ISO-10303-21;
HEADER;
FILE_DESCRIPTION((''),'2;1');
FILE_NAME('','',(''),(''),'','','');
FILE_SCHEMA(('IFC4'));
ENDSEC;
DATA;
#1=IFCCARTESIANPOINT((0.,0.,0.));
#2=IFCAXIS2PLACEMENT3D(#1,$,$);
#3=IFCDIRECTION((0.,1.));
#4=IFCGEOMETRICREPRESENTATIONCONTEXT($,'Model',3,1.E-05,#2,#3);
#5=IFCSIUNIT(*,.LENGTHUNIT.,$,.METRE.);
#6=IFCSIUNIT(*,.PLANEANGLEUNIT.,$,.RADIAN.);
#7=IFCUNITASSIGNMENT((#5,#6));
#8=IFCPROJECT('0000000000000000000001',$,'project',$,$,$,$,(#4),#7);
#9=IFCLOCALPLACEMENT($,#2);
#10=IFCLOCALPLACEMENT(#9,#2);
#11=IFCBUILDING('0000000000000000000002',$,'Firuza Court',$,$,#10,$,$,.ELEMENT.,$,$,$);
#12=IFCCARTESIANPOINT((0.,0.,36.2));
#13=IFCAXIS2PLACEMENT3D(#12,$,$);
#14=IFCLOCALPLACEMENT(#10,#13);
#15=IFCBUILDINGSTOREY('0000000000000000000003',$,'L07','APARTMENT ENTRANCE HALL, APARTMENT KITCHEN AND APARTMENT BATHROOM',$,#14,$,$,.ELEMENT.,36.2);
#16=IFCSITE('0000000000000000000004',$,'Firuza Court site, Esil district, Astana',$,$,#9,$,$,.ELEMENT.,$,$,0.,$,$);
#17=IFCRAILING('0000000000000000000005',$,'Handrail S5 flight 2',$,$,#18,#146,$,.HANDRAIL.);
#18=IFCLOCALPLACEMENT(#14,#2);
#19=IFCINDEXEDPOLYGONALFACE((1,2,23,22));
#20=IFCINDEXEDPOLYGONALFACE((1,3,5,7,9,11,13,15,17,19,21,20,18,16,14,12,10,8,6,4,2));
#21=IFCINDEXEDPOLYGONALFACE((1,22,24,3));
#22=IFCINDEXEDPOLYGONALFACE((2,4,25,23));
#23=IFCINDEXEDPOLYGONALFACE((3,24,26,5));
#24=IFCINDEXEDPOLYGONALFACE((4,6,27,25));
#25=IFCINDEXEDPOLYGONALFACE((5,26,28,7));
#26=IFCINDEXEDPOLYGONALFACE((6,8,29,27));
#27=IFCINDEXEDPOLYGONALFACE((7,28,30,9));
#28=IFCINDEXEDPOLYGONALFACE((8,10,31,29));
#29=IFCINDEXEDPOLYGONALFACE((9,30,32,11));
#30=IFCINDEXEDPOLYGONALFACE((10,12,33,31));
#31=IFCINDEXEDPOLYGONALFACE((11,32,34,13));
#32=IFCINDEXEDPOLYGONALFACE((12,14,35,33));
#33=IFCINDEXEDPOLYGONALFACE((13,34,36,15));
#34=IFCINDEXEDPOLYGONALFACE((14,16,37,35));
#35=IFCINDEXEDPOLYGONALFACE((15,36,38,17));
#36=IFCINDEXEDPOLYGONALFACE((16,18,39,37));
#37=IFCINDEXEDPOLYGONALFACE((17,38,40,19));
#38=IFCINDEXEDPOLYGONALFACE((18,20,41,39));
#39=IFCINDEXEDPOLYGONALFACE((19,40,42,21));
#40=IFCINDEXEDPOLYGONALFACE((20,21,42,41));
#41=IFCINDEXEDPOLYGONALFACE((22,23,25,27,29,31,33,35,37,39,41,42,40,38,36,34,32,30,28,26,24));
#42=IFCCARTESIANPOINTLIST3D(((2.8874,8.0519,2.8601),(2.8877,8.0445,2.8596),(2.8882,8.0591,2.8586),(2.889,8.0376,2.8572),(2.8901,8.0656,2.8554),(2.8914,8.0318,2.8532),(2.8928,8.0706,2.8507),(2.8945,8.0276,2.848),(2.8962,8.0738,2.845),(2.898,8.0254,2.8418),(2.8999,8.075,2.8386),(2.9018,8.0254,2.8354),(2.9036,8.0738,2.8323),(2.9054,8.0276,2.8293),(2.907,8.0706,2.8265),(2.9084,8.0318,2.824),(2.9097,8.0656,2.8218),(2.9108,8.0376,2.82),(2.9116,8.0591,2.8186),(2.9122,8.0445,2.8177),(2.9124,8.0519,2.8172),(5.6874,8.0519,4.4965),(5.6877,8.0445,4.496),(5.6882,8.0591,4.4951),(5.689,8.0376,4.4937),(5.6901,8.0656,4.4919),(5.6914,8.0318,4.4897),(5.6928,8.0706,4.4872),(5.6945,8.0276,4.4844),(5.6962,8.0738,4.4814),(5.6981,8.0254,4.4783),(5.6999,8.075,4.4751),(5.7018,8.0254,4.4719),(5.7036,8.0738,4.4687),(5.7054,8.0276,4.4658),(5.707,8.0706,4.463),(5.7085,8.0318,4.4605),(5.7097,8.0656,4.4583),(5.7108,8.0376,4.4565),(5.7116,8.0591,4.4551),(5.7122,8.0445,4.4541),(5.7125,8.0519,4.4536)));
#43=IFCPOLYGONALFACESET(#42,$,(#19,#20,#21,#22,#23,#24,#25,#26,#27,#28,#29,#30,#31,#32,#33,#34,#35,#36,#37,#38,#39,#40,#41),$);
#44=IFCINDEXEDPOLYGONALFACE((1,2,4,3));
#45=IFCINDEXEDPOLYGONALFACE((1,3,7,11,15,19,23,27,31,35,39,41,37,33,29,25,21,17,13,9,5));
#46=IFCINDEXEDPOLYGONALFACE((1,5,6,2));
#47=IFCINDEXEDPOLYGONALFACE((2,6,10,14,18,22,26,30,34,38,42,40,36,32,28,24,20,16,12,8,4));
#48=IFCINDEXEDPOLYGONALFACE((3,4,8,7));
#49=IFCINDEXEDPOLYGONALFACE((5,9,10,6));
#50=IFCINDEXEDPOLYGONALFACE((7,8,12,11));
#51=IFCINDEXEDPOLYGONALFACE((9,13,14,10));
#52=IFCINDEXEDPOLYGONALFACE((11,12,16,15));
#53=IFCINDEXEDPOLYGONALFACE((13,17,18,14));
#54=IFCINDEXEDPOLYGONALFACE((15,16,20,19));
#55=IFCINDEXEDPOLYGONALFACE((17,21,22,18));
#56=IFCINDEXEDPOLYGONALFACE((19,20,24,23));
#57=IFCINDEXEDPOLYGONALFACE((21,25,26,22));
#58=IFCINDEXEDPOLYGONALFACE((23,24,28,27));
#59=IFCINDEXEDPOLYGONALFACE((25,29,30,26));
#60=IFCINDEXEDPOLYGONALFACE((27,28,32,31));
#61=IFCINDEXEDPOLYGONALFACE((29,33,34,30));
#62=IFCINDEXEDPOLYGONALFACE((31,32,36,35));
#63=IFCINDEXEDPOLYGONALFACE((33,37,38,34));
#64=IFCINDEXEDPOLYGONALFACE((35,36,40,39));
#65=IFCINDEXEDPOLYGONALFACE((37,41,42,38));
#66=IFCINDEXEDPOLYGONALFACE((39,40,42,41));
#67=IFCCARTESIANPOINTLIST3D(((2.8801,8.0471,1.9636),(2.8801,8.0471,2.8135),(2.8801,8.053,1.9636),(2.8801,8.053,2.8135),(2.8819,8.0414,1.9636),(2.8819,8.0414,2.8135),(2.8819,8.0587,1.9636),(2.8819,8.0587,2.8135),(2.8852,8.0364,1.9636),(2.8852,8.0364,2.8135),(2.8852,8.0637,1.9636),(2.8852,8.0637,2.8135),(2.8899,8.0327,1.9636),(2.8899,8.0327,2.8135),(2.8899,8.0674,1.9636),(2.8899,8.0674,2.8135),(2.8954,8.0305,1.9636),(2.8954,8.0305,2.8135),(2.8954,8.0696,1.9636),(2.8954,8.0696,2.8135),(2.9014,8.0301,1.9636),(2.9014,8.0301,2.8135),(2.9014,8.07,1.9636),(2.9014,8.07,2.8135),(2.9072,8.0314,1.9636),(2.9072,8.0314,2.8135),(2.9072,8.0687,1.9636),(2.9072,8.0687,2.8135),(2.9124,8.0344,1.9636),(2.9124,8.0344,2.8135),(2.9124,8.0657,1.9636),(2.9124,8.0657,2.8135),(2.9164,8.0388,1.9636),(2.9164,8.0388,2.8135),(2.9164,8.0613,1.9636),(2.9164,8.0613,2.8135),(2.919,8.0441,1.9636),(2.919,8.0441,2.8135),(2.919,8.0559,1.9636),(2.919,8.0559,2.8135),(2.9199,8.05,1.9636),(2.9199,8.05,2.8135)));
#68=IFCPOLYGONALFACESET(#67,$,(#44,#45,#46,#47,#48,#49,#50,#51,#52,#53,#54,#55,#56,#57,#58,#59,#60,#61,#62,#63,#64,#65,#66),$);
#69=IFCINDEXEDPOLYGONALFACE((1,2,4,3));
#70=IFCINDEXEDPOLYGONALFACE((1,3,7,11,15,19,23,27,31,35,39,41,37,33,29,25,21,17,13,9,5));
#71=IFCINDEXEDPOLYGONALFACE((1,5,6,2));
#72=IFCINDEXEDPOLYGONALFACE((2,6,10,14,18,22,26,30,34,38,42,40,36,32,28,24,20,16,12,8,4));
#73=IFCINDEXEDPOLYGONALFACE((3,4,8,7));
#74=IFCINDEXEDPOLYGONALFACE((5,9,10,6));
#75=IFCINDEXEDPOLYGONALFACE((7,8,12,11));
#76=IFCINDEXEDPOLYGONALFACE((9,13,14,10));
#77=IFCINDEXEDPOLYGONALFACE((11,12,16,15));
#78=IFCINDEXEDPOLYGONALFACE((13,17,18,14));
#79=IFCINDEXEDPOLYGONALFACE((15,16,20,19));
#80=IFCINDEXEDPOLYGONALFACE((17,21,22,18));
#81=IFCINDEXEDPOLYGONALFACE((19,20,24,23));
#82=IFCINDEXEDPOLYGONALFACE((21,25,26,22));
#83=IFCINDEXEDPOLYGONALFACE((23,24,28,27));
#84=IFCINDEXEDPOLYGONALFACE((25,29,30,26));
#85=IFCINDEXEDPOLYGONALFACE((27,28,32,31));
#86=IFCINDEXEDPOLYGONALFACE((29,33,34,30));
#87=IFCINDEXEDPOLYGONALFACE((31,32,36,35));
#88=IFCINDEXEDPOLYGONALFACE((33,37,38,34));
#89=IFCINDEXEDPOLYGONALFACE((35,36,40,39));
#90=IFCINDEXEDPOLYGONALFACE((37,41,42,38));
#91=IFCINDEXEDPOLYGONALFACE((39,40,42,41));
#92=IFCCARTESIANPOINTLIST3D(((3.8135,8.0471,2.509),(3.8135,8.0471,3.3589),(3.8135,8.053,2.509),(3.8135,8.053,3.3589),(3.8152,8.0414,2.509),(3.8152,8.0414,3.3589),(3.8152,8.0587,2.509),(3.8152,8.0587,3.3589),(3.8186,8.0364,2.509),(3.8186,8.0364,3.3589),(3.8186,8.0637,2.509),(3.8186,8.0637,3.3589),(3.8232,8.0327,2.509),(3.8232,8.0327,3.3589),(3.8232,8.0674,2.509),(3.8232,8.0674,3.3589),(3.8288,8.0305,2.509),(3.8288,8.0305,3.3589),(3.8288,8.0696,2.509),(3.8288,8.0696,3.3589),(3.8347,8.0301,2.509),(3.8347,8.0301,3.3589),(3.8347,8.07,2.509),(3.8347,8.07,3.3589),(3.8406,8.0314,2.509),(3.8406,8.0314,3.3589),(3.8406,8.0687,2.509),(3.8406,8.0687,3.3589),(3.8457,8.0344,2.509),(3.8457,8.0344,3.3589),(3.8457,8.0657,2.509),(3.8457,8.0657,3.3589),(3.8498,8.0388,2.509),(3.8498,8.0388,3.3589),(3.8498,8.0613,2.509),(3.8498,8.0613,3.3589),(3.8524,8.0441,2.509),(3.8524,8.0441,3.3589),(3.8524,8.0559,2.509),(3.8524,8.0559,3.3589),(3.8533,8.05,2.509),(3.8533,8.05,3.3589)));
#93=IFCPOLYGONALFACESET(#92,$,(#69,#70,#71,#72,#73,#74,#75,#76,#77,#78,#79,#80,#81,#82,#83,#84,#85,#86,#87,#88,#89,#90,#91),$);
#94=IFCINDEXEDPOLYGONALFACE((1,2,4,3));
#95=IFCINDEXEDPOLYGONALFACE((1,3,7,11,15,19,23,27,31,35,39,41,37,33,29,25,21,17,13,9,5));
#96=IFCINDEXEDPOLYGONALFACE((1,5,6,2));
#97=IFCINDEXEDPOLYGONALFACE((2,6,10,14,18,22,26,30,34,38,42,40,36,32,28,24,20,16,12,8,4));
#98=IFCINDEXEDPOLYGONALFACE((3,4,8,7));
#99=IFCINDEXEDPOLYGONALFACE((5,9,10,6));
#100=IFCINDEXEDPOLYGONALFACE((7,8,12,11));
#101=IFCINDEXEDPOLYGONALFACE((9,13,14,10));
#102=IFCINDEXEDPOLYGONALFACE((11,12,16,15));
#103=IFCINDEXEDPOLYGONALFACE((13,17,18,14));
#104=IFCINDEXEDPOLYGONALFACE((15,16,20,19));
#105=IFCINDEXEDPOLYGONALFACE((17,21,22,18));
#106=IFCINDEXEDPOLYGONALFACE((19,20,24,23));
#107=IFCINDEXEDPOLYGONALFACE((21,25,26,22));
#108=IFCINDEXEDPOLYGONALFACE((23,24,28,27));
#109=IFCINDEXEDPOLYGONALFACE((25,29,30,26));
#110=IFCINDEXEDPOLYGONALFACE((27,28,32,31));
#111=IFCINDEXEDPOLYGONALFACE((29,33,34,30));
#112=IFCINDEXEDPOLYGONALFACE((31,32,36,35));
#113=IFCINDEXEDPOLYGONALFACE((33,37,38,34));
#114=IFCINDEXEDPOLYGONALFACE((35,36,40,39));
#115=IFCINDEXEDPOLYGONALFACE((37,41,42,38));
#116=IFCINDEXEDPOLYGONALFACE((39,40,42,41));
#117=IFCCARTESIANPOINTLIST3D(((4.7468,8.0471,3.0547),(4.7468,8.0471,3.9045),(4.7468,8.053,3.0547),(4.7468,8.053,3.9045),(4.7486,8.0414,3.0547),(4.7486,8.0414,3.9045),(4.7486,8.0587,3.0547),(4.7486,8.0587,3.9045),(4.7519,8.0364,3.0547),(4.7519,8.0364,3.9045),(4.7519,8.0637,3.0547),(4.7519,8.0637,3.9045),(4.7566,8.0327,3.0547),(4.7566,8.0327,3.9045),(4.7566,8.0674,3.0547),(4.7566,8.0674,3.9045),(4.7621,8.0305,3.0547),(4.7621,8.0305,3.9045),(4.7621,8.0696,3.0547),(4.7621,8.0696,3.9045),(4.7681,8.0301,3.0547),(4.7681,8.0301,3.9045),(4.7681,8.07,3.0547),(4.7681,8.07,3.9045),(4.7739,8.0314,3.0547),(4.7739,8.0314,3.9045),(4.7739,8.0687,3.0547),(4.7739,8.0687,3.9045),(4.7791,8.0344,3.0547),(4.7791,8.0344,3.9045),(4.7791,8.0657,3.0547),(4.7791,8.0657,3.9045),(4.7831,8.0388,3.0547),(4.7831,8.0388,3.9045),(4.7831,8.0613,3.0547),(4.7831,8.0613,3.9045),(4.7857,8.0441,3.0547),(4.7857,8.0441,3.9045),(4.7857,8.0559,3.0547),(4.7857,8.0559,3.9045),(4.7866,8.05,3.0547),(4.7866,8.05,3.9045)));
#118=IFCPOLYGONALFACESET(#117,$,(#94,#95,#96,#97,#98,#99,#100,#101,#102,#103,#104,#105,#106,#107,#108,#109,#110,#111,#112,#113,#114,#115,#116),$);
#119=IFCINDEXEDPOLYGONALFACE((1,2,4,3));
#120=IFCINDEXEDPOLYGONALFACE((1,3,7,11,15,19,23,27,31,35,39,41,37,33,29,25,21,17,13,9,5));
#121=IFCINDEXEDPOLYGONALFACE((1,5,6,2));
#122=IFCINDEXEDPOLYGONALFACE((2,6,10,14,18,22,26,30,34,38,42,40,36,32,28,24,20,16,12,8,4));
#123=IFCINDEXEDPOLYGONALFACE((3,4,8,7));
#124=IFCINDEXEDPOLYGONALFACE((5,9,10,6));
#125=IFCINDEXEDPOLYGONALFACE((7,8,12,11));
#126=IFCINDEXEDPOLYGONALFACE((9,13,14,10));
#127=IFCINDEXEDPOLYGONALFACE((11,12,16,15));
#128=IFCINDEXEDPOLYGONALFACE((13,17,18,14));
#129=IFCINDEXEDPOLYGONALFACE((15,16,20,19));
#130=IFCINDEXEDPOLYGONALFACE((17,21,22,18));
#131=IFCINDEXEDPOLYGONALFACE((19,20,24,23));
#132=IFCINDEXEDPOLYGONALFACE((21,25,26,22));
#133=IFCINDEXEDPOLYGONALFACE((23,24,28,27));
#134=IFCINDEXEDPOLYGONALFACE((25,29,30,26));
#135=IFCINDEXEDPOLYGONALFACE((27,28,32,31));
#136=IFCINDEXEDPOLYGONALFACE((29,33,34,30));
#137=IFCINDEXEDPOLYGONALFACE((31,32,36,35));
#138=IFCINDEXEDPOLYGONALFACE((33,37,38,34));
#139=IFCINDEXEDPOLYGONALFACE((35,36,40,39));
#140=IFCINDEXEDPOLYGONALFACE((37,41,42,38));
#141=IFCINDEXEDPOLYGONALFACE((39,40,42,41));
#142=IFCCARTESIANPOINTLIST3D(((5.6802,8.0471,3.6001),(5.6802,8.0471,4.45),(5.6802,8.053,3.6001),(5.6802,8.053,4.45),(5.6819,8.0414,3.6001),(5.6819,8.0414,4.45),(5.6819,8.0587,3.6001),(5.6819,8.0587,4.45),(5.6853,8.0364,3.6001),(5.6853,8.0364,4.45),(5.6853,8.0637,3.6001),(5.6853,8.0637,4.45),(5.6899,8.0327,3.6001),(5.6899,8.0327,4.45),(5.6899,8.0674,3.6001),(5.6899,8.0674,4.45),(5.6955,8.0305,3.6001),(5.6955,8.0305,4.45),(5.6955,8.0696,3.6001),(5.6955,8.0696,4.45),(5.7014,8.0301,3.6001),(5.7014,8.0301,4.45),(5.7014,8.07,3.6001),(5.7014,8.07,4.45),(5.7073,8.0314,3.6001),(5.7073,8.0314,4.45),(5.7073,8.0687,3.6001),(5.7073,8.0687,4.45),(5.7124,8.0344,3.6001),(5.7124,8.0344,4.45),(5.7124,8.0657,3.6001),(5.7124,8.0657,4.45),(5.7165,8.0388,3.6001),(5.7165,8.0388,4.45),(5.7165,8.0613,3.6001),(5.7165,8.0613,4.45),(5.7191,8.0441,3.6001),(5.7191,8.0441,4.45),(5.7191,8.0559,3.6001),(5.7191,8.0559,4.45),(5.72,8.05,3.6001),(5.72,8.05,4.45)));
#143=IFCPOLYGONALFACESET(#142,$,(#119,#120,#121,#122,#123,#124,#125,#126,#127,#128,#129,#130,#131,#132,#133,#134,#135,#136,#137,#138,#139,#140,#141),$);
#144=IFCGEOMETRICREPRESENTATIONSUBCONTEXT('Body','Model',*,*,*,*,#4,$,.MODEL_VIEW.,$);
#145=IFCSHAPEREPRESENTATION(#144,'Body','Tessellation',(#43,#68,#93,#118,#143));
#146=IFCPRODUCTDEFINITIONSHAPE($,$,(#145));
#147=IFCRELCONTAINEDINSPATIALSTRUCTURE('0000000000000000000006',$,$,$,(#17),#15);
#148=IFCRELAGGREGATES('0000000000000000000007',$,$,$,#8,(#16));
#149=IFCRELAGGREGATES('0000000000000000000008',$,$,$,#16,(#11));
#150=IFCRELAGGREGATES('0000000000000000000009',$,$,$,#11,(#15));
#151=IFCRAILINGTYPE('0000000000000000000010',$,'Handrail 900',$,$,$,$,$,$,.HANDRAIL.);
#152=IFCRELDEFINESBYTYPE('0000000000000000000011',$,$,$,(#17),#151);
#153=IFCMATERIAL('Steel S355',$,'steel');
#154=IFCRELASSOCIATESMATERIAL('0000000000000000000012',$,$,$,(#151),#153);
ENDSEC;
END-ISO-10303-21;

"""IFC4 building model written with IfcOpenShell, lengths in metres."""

from ifc_helpers import new_model, si_unit, direction, frame, origin, origin_2d, place, context, subcontext, project, spatial, circle, extrude, material, type_object, element, save


model = new_model("IFC4")

# Units and contexts
model_context = context("Model", 3, precision=1e-05, world=origin(), true_north=direction((0.0, 1.0)))
body_context = subcontext(model_context, "Body", "Model", "MODEL_VIEW")
ifc_project = project(units=[si_unit("LENGTHUNIT", "METRE"), si_unit("PLANEANGLEUNIT", "RADIAN")], contexts=[model_context])

# Site, building, storey
site_placement = place(None, origin())
site = spatial("IfcSite", under=ifc_project, at=site_placement, Name="Firuza Court site, Esil district, Astana", CompositionType="ELEMENT", RefElevation=0.0)
building_placement = place(site_placement, origin())
building = spatial("IfcBuilding", under=site, at=building_placement, Name="Firuza Court", CompositionType="ELEMENT")
storey_placement = place(building_placement, frame((0.0, 0.0, 36.2)))
storey = spatial("IfcBuildingStorey", under=building, at=storey_placement, Name="L07", Description="APARTMENT ENTRANCE HALL, APARTMENT KITCHEN AND APARTMENT BATHROOM", CompositionType="ELEMENT", Elevation=36.2)

# Railing
ifc_material_1 = material(Name="Steel S355", Category="steel")
railing_type_1 = type_object("IfcRailingType", Name="Handrail 900", PredefinedType="HANDRAIL", material=ifc_material_1)
railing_1_placement = place(storey_placement, frame((2.8999, 8.05, 1.9636)))
element("IfcRailing", 1, at=railing_1_placement, inside=storey, type_object=railing_type_1, Name="Handrail S5 flight 2", PredefinedType="HANDRAIL", context=body_context, shape_type="SweptSolid", body=[
    extrude(circle(Radius=0.0249, at=origin_2d()), frame((0.0, 0.0, 0.875), z_axis=(0.863361, 0.0, 0.504587), x_axis=(0.0, 1.0, 0.0)), (0.0, 0.0, 1.0), 3.2432),
    extrude(circle(Radius=0.02, at=origin_2d()), origin(), (0.0, 0.0, 1.0), 0.8499),
    extrude(circle(Radius=0.02, at=origin_2d()), frame((0.9333, 0.0, 0.5454)), (0.0, 0.0, 1.0), 0.8499),
    extrude(circle(Radius=0.02, at=origin_2d()), frame((1.8667, 0.0, 1.0911)), (0.0, 0.0, 1.0), 0.8499),
    extrude(circle(Radius=0.02, at=origin_2d()), frame((2.8, 0.0, 1.6365)), (0.0, 0.0, 1.0), 0.8499),
])

save(model, "model.ifc")
